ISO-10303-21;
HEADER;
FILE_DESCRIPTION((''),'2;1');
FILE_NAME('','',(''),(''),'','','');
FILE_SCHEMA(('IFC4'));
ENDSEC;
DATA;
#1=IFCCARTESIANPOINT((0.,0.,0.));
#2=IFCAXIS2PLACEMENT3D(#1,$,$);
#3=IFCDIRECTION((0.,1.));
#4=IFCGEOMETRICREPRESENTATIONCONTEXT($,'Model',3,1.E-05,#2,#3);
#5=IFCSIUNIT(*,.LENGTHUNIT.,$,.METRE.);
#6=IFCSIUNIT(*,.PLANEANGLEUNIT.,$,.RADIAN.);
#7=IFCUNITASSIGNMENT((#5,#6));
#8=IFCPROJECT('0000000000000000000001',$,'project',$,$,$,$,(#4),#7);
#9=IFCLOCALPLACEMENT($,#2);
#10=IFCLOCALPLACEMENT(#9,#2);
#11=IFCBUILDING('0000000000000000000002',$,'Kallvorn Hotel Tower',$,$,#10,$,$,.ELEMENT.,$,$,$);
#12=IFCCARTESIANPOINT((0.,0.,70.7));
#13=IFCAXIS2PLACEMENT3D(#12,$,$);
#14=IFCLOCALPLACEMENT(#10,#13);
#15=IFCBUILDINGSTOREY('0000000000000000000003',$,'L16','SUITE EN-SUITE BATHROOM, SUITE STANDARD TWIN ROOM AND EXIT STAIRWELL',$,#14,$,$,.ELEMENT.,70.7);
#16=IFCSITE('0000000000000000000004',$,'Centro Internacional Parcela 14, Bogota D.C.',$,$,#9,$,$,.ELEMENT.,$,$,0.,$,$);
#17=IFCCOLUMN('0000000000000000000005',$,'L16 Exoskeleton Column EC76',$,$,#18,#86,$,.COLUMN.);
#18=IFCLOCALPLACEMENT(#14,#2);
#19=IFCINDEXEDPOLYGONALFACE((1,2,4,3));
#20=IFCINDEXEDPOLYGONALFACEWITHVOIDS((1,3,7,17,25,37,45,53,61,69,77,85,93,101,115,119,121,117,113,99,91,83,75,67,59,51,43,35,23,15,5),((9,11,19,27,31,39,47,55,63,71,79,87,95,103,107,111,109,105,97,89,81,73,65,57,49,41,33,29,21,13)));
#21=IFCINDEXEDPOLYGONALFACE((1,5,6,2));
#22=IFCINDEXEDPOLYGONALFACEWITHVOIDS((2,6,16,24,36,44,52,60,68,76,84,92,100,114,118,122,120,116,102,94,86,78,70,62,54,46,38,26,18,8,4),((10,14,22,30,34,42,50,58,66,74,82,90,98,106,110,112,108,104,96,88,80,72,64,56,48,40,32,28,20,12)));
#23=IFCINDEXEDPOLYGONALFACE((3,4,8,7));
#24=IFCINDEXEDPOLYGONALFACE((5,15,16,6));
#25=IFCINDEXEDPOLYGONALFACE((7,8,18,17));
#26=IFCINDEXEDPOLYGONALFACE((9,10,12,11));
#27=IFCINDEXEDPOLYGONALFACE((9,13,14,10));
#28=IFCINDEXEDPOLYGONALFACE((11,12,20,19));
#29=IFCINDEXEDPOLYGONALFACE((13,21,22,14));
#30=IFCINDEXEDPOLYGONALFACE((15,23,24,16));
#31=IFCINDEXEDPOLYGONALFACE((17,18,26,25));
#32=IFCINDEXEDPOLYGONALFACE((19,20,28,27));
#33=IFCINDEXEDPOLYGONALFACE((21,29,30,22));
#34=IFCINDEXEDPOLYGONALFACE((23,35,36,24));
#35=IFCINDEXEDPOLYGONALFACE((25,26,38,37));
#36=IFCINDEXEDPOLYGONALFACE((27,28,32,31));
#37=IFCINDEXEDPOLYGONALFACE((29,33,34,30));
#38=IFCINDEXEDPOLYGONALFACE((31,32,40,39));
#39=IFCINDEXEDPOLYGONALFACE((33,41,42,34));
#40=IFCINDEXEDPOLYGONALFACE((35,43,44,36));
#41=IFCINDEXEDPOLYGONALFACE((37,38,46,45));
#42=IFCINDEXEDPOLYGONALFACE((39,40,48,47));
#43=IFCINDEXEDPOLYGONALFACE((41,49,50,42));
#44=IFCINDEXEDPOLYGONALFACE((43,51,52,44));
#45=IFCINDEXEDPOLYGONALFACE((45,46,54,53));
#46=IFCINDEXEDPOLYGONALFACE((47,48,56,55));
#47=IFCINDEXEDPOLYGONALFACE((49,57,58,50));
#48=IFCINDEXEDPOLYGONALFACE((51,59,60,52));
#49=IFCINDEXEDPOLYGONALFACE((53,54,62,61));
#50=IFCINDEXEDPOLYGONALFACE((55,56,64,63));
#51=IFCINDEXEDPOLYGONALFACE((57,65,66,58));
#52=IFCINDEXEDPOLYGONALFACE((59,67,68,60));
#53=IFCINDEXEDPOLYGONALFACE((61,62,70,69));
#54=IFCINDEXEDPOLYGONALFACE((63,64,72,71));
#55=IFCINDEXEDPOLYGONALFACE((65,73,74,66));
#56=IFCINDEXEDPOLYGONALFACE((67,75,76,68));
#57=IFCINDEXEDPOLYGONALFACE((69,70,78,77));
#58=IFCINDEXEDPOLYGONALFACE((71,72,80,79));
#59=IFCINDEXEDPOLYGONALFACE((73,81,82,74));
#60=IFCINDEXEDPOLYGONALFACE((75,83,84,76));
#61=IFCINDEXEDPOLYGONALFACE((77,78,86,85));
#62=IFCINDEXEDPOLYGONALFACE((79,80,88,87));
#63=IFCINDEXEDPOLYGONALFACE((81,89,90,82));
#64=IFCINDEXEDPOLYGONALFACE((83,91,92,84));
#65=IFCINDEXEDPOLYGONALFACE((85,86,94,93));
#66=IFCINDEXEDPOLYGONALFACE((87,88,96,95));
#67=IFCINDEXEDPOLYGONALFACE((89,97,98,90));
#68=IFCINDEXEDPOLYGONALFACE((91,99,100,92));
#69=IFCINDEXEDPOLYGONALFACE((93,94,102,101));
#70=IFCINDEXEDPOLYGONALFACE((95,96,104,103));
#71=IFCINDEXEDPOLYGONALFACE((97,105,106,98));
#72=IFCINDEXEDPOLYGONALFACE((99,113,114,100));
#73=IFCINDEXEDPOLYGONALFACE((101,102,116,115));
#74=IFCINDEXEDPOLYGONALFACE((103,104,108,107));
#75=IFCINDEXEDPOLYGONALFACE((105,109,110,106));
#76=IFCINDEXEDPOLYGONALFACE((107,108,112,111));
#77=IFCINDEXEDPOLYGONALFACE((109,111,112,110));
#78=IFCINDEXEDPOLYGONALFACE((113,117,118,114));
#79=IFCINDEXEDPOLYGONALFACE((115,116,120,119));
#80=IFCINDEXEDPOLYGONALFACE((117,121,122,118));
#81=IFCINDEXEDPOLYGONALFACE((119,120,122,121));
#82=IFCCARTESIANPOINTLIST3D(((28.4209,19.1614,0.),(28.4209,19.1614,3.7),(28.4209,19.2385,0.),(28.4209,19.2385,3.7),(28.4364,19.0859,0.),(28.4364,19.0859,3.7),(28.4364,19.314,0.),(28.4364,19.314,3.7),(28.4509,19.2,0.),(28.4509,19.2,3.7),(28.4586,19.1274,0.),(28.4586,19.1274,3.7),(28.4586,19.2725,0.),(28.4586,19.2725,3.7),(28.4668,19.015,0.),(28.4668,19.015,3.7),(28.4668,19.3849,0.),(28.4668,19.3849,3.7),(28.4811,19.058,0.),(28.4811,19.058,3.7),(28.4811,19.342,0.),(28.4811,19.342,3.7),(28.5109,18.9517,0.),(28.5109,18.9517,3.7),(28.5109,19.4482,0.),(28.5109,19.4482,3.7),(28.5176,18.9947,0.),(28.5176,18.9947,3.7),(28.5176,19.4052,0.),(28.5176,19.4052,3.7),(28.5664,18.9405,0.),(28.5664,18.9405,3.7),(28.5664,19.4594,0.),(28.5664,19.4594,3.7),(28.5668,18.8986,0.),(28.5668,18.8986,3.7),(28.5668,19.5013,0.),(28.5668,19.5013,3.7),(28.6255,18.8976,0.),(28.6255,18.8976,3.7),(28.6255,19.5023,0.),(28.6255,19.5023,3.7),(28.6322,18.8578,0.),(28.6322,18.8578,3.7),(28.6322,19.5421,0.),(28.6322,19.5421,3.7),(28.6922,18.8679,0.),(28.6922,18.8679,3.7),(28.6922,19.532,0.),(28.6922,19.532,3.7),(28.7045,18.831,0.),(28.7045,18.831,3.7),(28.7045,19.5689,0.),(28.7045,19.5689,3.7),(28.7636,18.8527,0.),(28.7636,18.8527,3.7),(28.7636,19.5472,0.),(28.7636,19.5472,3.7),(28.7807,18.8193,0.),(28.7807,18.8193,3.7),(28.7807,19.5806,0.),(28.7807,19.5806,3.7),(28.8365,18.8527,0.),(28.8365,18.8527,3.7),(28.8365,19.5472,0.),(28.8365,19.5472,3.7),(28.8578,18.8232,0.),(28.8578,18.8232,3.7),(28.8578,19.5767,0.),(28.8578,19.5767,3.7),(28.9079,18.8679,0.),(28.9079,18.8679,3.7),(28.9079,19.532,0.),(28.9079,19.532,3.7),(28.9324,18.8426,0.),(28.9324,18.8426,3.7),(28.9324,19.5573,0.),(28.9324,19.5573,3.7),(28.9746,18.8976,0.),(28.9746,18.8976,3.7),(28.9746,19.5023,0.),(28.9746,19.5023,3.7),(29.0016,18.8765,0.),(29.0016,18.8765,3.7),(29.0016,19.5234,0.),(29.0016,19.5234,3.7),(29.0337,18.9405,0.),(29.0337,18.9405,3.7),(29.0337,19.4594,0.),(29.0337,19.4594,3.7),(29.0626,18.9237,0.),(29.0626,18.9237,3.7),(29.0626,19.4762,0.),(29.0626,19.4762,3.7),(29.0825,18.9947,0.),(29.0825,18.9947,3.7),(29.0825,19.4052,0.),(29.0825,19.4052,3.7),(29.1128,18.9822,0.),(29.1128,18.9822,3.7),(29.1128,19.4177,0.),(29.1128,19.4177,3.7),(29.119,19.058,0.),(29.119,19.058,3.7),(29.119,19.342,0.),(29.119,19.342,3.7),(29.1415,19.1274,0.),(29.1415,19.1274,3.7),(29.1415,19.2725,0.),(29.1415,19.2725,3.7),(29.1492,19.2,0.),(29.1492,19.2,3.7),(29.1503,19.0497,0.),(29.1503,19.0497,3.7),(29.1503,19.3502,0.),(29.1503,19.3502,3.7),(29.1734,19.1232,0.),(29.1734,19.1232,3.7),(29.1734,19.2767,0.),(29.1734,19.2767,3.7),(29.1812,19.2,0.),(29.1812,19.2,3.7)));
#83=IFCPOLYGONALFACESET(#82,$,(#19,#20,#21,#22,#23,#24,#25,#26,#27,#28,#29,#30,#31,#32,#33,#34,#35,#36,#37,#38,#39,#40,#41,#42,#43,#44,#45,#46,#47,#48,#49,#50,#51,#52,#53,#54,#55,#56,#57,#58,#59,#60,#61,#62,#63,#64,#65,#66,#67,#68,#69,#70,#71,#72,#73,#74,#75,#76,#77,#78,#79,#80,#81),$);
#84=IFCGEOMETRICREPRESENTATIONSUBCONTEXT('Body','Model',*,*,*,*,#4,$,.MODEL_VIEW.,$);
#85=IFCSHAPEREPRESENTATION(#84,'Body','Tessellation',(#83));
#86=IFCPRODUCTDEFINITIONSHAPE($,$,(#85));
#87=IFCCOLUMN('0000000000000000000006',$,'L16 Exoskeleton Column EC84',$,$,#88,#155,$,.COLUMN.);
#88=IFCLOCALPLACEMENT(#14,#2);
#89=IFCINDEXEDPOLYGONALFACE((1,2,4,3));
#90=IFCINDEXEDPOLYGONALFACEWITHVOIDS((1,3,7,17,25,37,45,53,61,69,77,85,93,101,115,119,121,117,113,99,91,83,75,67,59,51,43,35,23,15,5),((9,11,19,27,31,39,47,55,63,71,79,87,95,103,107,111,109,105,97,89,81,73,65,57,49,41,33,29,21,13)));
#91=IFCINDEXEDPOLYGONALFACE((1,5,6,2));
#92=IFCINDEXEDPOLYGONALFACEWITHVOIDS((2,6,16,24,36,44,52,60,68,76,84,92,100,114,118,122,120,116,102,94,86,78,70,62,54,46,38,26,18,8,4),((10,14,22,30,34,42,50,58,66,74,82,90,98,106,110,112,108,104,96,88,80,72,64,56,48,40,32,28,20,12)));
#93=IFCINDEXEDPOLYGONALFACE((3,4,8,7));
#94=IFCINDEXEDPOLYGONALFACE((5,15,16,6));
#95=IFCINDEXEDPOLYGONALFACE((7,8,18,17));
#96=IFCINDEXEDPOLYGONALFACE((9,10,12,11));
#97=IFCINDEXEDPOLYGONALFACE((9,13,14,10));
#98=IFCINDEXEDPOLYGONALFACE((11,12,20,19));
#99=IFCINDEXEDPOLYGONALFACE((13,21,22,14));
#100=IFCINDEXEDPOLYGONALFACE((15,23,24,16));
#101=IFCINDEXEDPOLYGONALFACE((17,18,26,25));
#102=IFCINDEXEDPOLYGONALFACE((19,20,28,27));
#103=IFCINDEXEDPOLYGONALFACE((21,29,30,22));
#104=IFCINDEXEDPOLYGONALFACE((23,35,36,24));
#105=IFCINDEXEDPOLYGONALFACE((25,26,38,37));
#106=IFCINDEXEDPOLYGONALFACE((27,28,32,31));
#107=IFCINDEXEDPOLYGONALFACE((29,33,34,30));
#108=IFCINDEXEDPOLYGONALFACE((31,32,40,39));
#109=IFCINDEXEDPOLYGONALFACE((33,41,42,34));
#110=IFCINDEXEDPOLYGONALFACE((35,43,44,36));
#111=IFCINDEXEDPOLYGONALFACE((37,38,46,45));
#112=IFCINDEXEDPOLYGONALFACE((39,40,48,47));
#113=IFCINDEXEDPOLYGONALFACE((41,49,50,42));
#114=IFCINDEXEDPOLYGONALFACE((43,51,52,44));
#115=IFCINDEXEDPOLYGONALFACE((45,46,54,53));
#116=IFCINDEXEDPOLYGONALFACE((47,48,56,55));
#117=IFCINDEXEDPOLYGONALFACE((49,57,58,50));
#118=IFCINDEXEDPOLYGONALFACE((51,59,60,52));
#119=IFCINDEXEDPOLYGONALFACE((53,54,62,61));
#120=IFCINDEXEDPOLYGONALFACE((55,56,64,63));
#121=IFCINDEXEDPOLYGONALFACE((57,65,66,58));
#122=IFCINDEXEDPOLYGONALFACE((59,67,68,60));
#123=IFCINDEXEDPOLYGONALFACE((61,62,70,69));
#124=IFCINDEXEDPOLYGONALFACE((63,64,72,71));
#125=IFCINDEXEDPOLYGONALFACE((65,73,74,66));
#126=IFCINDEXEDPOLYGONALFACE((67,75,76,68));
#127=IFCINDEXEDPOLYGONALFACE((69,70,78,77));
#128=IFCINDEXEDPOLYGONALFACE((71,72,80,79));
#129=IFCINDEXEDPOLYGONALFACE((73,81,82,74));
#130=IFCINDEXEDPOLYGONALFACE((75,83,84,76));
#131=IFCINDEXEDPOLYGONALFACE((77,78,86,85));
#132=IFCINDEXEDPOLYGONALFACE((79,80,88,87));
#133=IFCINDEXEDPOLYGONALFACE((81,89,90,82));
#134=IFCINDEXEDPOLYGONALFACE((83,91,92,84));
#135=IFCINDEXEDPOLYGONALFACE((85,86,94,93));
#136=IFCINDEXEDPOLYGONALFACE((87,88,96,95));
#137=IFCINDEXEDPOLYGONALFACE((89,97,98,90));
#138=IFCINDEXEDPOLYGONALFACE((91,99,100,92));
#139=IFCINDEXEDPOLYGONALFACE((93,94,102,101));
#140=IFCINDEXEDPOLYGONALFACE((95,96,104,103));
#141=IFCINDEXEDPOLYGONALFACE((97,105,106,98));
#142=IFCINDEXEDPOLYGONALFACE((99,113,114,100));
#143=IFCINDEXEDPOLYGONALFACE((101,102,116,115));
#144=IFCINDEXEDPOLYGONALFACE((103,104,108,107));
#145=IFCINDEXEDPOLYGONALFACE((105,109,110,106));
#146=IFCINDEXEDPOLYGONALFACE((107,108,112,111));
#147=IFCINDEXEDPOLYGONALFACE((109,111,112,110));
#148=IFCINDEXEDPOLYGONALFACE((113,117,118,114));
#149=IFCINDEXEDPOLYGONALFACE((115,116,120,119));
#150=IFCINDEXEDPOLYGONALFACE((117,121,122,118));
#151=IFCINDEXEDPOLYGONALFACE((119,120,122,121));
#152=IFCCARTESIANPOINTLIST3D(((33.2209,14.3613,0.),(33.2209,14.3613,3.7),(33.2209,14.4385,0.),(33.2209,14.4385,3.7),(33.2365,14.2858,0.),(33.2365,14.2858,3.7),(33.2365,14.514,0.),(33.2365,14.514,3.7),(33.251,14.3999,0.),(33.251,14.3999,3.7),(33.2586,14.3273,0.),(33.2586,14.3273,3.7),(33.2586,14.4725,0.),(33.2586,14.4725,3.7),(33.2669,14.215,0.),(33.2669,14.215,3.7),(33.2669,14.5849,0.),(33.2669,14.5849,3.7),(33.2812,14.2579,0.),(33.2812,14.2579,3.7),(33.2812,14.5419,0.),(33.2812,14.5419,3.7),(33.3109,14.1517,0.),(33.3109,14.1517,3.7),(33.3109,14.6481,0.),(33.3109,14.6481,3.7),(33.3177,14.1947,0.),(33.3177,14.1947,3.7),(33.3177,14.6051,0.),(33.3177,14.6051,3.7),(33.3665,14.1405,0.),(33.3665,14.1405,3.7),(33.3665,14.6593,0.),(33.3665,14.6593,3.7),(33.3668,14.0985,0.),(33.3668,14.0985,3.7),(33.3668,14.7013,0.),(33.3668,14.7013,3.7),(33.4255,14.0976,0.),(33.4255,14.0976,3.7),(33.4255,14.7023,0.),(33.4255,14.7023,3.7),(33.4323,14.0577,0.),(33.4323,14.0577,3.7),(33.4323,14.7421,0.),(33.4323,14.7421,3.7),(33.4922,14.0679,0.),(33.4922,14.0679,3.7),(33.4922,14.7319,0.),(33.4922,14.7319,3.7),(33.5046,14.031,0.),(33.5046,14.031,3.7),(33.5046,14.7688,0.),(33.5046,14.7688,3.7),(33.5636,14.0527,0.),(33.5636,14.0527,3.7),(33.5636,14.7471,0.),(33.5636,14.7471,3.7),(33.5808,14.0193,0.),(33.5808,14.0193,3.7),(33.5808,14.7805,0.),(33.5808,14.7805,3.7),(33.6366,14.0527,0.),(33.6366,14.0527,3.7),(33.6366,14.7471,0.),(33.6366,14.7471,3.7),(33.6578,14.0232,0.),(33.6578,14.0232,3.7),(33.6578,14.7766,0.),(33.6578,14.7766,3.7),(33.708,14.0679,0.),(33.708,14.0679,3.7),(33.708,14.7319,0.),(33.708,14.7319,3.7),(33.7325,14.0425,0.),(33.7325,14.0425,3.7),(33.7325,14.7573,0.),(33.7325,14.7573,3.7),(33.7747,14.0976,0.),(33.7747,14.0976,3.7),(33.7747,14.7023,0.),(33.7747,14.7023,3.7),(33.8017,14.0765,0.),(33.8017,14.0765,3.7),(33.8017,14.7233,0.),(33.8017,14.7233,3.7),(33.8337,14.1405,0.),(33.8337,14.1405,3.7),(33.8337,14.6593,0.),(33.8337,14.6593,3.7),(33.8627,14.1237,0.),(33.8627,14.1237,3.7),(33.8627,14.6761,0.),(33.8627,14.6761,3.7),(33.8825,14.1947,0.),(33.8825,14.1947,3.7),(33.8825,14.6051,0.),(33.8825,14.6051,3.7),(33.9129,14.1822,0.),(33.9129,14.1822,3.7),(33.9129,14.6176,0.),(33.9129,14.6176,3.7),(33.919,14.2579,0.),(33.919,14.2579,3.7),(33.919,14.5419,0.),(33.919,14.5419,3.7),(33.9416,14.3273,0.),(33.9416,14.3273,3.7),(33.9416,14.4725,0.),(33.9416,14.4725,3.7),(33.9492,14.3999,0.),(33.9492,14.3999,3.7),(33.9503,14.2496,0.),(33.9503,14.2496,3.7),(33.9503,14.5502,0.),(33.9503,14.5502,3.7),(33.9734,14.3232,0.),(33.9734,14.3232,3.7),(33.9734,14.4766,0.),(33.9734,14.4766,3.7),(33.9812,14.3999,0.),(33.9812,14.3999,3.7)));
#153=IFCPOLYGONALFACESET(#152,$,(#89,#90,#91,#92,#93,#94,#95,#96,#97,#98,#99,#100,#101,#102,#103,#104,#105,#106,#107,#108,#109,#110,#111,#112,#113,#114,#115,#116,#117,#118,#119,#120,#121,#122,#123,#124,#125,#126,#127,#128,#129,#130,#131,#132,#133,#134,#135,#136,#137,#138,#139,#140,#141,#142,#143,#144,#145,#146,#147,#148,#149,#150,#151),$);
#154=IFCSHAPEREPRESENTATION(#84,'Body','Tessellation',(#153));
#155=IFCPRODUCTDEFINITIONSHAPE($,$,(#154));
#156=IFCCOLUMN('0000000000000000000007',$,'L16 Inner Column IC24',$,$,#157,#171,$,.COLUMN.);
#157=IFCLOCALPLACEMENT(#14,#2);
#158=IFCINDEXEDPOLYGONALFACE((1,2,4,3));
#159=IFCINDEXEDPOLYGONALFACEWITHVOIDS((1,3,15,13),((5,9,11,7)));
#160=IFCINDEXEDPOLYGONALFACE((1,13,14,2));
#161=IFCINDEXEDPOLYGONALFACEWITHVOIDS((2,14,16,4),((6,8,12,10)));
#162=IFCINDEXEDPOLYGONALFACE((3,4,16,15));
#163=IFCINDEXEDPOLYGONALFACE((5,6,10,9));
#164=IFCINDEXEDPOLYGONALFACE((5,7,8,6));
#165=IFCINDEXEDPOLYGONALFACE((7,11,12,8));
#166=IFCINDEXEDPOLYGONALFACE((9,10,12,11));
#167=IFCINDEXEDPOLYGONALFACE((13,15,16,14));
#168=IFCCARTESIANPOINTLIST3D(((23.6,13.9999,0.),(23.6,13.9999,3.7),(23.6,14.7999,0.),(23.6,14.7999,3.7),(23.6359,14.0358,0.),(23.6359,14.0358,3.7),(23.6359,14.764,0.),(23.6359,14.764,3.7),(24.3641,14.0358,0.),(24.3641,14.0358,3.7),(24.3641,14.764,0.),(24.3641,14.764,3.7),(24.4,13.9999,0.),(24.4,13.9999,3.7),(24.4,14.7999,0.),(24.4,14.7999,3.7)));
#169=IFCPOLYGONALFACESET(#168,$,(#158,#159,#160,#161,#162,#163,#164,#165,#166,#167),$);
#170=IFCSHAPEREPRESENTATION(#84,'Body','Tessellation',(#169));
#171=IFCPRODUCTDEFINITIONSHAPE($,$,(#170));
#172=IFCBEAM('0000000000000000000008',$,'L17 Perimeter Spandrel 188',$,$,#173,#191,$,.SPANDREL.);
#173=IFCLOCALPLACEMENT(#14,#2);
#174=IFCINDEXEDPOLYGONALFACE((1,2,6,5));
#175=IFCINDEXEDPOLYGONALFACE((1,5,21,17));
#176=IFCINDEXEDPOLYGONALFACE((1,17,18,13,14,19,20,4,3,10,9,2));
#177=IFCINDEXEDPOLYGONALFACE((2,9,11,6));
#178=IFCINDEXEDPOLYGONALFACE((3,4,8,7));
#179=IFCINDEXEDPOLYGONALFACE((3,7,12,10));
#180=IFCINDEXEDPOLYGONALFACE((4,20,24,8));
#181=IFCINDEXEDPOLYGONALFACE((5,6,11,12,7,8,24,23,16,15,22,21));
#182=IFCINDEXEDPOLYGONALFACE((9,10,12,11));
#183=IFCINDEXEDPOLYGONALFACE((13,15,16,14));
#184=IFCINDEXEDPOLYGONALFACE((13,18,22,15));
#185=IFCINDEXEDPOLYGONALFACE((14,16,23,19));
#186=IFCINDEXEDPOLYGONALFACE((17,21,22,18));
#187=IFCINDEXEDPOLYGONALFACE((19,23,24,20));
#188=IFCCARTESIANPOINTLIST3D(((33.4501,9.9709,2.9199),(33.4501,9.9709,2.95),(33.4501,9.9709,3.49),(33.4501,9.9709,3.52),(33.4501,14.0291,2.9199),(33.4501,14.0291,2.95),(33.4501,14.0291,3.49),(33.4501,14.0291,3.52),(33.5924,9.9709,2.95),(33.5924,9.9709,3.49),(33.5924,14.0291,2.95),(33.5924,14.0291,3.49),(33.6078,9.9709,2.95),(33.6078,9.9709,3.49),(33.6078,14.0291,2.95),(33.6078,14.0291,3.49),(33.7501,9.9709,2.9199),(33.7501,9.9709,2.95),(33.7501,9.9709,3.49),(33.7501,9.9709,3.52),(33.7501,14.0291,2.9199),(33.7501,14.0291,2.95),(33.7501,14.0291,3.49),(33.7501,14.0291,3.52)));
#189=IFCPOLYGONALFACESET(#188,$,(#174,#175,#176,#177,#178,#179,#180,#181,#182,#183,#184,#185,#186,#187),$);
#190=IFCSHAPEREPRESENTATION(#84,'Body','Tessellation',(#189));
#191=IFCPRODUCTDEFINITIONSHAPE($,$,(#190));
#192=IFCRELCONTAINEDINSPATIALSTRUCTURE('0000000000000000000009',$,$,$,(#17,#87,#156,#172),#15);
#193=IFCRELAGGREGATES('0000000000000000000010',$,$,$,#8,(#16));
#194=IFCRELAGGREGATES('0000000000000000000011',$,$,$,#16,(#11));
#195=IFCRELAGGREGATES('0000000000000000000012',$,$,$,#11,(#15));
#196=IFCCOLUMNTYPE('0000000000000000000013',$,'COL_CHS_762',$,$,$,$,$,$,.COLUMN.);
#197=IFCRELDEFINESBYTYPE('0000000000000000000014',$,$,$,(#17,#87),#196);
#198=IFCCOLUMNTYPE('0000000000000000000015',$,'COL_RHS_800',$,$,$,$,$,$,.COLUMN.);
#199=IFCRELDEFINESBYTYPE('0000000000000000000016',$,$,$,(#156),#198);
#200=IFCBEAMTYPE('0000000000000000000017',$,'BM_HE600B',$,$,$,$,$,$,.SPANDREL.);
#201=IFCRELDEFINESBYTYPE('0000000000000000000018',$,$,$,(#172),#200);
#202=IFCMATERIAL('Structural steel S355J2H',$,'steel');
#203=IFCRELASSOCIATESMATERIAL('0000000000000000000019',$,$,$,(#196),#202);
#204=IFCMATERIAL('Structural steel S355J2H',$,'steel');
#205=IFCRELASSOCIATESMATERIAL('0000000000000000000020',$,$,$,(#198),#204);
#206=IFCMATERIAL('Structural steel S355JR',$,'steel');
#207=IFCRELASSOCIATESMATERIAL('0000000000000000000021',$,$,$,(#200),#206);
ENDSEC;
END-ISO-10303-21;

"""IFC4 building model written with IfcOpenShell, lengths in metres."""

from ifc_helpers import new_model, si_unit, direction, frame, origin, origin_2d, place, context, subcontext, project, spatial, hollow_rectangle, hollow_circle, i_section, extrude, material, material_profile, profile_set, type_object, element, save


model = new_model("IFC4")

# Units and contexts
model_context = context("Model", 3, precision=1e-05, world=origin(), true_north=direction((0.0, 1.0)))
body_context = subcontext(model_context, "Body", "Model", "MODEL_VIEW")
ifc_project = project(units=[si_unit("LENGTHUNIT", "METRE"), si_unit("PLANEANGLEUNIT", "RADIAN")], contexts=[model_context])

# Site, building, storey
site_placement = place(None, origin())
site = spatial("IfcSite", under=ifc_project, at=site_placement, Name="Centro Internacional Parcela 14, Bogota D.C.", CompositionType="ELEMENT", RefElevation=0.0)
building_placement = place(site_placement, origin())
building = spatial("IfcBuilding", under=site, at=building_placement, Name="Kallvorn Hotel Tower", CompositionType="ELEMENT")
storey_placement = place(building_placement, frame((0.0, 0.0, 70.7)))
storey = spatial("IfcBuildingStorey", under=building, at=storey_placement, Name="L16", Description="SUITE EN-SUITE BATHROOM, SUITE STANDARD TWIN ROOM AND EXIT STAIRWELL", CompositionType="ELEMENT", Elevation=70.7)

# Columns
ifc_material_1 = material(Name="Structural steel S355J2H", Category="steel")
ifc_material_profile_1 = material_profile(ifc_material_1, hollow_circle(Radius=0.3811, WallThickness=0.032, at=origin_2d()), Name="CHS 762x32")
ifc_profile_set_1 = profile_set([ifc_material_profile_1], Name="Structural steel S355J2H")
column_type_1 = type_object("IfcColumnType", Name="COL_CHS_762", PredefinedType="COLUMN", material=ifc_profile_set_1)
for number, where, z_axis, x_axis, name in (
    (1, (28.8, 19.2, 0.0), (0.0, 0.0, 1.0), (1.0, 0.0, 0.0), "L16 Exoskeleton Column EC76"),
    (2, (33.6001, 14.3999, 0.0), (0.0, 0.0, 1.0), (1.0, 0.0, 0.0), "L16 Exoskeleton Column EC84"),
):
    element("IfcColumn", number, at=place(storey_placement, frame(where, z_axis=z_axis, x_axis=x_axis)), inside=storey, type_object=column_type_1, Name=name, PredefinedType="COLUMN", context=body_context, shape_type="SweptSolid", body=[
        extrude(hollow_circle(Radius=0.3811, WallThickness=0.032, at=origin_2d()), origin(), (0.0, 0.0, 1.0), 3.7),
    ])
ifc_material_2 = material(Name="Structural steel S355J2H", Category="steel")
ifc_material_profile_2 = material_profile(ifc_material_2, hollow_rectangle(XDim=0.8, YDim=0.8, WallThickness=0.0359, at=origin_2d()), Name="RHS 800x800x36")
ifc_profile_set_2 = profile_set([ifc_material_profile_2], Name="Structural steel S355J2H")
column_type_2 = type_object("IfcColumnType", Name="COL_RHS_800", PredefinedType="COLUMN", material=ifc_profile_set_2)
column_placement = place(storey_placement, frame((24.0, 14.3999, 0.0), z_axis=(0.0, 0.0, 1.0), x_axis=(1.0, 0.0, 0.0)))
element("IfcColumn", 3, at=column_placement, inside=storey, type_object=column_type_2, Name="L16 Inner Column IC24", PredefinedType="COLUMN", context=body_context, shape_type="SweptSolid", body=[
    extrude(hollow_rectangle(XDim=0.8, YDim=0.8, WallThickness=0.0359, at=origin_2d()), origin(), (0.0, 0.0, 1.0), 3.7),
])

# Beam
ifc_material_3 = material(Name="Structural steel S355JR", Category="steel")
ifc_material_profile_3 = material_profile(ifc_material_3, i_section(OverallWidth=0.3, OverallDepth=0.6001, WebThickness=0.0154, FlangeThickness=0.03, at=origin_2d()), Name="HE 600 B")
ifc_profile_set_3 = profile_set([ifc_material_profile_3], Name="Structural steel S355JR")
beam_type_1 = type_object("IfcBeamType", Name="BM_HE600B", PredefinedType="SPANDREL", material=ifc_profile_set_3)
beam_1_placement = place(storey_placement, frame((33.6001, 9.9709, 3.22), z_axis=(0.0, 1.0, 0.0), x_axis=(-1.0, 0.0, 0.0)))
element("IfcBeam", 4, at=beam_1_placement, inside=storey, type_object=beam_type_1, Name="L17 Perimeter Spandrel 188", PredefinedType="SPANDREL", context=body_context, shape_type="SweptSolid", body=[
    extrude(i_section(OverallWidth=0.3, OverallDepth=0.6001, WebThickness=0.0154, FlangeThickness=0.03, at=origin_2d()), origin(), (0.0, 0.0, 1.0), 4.0581),
])

save(model, "model.ifc")
